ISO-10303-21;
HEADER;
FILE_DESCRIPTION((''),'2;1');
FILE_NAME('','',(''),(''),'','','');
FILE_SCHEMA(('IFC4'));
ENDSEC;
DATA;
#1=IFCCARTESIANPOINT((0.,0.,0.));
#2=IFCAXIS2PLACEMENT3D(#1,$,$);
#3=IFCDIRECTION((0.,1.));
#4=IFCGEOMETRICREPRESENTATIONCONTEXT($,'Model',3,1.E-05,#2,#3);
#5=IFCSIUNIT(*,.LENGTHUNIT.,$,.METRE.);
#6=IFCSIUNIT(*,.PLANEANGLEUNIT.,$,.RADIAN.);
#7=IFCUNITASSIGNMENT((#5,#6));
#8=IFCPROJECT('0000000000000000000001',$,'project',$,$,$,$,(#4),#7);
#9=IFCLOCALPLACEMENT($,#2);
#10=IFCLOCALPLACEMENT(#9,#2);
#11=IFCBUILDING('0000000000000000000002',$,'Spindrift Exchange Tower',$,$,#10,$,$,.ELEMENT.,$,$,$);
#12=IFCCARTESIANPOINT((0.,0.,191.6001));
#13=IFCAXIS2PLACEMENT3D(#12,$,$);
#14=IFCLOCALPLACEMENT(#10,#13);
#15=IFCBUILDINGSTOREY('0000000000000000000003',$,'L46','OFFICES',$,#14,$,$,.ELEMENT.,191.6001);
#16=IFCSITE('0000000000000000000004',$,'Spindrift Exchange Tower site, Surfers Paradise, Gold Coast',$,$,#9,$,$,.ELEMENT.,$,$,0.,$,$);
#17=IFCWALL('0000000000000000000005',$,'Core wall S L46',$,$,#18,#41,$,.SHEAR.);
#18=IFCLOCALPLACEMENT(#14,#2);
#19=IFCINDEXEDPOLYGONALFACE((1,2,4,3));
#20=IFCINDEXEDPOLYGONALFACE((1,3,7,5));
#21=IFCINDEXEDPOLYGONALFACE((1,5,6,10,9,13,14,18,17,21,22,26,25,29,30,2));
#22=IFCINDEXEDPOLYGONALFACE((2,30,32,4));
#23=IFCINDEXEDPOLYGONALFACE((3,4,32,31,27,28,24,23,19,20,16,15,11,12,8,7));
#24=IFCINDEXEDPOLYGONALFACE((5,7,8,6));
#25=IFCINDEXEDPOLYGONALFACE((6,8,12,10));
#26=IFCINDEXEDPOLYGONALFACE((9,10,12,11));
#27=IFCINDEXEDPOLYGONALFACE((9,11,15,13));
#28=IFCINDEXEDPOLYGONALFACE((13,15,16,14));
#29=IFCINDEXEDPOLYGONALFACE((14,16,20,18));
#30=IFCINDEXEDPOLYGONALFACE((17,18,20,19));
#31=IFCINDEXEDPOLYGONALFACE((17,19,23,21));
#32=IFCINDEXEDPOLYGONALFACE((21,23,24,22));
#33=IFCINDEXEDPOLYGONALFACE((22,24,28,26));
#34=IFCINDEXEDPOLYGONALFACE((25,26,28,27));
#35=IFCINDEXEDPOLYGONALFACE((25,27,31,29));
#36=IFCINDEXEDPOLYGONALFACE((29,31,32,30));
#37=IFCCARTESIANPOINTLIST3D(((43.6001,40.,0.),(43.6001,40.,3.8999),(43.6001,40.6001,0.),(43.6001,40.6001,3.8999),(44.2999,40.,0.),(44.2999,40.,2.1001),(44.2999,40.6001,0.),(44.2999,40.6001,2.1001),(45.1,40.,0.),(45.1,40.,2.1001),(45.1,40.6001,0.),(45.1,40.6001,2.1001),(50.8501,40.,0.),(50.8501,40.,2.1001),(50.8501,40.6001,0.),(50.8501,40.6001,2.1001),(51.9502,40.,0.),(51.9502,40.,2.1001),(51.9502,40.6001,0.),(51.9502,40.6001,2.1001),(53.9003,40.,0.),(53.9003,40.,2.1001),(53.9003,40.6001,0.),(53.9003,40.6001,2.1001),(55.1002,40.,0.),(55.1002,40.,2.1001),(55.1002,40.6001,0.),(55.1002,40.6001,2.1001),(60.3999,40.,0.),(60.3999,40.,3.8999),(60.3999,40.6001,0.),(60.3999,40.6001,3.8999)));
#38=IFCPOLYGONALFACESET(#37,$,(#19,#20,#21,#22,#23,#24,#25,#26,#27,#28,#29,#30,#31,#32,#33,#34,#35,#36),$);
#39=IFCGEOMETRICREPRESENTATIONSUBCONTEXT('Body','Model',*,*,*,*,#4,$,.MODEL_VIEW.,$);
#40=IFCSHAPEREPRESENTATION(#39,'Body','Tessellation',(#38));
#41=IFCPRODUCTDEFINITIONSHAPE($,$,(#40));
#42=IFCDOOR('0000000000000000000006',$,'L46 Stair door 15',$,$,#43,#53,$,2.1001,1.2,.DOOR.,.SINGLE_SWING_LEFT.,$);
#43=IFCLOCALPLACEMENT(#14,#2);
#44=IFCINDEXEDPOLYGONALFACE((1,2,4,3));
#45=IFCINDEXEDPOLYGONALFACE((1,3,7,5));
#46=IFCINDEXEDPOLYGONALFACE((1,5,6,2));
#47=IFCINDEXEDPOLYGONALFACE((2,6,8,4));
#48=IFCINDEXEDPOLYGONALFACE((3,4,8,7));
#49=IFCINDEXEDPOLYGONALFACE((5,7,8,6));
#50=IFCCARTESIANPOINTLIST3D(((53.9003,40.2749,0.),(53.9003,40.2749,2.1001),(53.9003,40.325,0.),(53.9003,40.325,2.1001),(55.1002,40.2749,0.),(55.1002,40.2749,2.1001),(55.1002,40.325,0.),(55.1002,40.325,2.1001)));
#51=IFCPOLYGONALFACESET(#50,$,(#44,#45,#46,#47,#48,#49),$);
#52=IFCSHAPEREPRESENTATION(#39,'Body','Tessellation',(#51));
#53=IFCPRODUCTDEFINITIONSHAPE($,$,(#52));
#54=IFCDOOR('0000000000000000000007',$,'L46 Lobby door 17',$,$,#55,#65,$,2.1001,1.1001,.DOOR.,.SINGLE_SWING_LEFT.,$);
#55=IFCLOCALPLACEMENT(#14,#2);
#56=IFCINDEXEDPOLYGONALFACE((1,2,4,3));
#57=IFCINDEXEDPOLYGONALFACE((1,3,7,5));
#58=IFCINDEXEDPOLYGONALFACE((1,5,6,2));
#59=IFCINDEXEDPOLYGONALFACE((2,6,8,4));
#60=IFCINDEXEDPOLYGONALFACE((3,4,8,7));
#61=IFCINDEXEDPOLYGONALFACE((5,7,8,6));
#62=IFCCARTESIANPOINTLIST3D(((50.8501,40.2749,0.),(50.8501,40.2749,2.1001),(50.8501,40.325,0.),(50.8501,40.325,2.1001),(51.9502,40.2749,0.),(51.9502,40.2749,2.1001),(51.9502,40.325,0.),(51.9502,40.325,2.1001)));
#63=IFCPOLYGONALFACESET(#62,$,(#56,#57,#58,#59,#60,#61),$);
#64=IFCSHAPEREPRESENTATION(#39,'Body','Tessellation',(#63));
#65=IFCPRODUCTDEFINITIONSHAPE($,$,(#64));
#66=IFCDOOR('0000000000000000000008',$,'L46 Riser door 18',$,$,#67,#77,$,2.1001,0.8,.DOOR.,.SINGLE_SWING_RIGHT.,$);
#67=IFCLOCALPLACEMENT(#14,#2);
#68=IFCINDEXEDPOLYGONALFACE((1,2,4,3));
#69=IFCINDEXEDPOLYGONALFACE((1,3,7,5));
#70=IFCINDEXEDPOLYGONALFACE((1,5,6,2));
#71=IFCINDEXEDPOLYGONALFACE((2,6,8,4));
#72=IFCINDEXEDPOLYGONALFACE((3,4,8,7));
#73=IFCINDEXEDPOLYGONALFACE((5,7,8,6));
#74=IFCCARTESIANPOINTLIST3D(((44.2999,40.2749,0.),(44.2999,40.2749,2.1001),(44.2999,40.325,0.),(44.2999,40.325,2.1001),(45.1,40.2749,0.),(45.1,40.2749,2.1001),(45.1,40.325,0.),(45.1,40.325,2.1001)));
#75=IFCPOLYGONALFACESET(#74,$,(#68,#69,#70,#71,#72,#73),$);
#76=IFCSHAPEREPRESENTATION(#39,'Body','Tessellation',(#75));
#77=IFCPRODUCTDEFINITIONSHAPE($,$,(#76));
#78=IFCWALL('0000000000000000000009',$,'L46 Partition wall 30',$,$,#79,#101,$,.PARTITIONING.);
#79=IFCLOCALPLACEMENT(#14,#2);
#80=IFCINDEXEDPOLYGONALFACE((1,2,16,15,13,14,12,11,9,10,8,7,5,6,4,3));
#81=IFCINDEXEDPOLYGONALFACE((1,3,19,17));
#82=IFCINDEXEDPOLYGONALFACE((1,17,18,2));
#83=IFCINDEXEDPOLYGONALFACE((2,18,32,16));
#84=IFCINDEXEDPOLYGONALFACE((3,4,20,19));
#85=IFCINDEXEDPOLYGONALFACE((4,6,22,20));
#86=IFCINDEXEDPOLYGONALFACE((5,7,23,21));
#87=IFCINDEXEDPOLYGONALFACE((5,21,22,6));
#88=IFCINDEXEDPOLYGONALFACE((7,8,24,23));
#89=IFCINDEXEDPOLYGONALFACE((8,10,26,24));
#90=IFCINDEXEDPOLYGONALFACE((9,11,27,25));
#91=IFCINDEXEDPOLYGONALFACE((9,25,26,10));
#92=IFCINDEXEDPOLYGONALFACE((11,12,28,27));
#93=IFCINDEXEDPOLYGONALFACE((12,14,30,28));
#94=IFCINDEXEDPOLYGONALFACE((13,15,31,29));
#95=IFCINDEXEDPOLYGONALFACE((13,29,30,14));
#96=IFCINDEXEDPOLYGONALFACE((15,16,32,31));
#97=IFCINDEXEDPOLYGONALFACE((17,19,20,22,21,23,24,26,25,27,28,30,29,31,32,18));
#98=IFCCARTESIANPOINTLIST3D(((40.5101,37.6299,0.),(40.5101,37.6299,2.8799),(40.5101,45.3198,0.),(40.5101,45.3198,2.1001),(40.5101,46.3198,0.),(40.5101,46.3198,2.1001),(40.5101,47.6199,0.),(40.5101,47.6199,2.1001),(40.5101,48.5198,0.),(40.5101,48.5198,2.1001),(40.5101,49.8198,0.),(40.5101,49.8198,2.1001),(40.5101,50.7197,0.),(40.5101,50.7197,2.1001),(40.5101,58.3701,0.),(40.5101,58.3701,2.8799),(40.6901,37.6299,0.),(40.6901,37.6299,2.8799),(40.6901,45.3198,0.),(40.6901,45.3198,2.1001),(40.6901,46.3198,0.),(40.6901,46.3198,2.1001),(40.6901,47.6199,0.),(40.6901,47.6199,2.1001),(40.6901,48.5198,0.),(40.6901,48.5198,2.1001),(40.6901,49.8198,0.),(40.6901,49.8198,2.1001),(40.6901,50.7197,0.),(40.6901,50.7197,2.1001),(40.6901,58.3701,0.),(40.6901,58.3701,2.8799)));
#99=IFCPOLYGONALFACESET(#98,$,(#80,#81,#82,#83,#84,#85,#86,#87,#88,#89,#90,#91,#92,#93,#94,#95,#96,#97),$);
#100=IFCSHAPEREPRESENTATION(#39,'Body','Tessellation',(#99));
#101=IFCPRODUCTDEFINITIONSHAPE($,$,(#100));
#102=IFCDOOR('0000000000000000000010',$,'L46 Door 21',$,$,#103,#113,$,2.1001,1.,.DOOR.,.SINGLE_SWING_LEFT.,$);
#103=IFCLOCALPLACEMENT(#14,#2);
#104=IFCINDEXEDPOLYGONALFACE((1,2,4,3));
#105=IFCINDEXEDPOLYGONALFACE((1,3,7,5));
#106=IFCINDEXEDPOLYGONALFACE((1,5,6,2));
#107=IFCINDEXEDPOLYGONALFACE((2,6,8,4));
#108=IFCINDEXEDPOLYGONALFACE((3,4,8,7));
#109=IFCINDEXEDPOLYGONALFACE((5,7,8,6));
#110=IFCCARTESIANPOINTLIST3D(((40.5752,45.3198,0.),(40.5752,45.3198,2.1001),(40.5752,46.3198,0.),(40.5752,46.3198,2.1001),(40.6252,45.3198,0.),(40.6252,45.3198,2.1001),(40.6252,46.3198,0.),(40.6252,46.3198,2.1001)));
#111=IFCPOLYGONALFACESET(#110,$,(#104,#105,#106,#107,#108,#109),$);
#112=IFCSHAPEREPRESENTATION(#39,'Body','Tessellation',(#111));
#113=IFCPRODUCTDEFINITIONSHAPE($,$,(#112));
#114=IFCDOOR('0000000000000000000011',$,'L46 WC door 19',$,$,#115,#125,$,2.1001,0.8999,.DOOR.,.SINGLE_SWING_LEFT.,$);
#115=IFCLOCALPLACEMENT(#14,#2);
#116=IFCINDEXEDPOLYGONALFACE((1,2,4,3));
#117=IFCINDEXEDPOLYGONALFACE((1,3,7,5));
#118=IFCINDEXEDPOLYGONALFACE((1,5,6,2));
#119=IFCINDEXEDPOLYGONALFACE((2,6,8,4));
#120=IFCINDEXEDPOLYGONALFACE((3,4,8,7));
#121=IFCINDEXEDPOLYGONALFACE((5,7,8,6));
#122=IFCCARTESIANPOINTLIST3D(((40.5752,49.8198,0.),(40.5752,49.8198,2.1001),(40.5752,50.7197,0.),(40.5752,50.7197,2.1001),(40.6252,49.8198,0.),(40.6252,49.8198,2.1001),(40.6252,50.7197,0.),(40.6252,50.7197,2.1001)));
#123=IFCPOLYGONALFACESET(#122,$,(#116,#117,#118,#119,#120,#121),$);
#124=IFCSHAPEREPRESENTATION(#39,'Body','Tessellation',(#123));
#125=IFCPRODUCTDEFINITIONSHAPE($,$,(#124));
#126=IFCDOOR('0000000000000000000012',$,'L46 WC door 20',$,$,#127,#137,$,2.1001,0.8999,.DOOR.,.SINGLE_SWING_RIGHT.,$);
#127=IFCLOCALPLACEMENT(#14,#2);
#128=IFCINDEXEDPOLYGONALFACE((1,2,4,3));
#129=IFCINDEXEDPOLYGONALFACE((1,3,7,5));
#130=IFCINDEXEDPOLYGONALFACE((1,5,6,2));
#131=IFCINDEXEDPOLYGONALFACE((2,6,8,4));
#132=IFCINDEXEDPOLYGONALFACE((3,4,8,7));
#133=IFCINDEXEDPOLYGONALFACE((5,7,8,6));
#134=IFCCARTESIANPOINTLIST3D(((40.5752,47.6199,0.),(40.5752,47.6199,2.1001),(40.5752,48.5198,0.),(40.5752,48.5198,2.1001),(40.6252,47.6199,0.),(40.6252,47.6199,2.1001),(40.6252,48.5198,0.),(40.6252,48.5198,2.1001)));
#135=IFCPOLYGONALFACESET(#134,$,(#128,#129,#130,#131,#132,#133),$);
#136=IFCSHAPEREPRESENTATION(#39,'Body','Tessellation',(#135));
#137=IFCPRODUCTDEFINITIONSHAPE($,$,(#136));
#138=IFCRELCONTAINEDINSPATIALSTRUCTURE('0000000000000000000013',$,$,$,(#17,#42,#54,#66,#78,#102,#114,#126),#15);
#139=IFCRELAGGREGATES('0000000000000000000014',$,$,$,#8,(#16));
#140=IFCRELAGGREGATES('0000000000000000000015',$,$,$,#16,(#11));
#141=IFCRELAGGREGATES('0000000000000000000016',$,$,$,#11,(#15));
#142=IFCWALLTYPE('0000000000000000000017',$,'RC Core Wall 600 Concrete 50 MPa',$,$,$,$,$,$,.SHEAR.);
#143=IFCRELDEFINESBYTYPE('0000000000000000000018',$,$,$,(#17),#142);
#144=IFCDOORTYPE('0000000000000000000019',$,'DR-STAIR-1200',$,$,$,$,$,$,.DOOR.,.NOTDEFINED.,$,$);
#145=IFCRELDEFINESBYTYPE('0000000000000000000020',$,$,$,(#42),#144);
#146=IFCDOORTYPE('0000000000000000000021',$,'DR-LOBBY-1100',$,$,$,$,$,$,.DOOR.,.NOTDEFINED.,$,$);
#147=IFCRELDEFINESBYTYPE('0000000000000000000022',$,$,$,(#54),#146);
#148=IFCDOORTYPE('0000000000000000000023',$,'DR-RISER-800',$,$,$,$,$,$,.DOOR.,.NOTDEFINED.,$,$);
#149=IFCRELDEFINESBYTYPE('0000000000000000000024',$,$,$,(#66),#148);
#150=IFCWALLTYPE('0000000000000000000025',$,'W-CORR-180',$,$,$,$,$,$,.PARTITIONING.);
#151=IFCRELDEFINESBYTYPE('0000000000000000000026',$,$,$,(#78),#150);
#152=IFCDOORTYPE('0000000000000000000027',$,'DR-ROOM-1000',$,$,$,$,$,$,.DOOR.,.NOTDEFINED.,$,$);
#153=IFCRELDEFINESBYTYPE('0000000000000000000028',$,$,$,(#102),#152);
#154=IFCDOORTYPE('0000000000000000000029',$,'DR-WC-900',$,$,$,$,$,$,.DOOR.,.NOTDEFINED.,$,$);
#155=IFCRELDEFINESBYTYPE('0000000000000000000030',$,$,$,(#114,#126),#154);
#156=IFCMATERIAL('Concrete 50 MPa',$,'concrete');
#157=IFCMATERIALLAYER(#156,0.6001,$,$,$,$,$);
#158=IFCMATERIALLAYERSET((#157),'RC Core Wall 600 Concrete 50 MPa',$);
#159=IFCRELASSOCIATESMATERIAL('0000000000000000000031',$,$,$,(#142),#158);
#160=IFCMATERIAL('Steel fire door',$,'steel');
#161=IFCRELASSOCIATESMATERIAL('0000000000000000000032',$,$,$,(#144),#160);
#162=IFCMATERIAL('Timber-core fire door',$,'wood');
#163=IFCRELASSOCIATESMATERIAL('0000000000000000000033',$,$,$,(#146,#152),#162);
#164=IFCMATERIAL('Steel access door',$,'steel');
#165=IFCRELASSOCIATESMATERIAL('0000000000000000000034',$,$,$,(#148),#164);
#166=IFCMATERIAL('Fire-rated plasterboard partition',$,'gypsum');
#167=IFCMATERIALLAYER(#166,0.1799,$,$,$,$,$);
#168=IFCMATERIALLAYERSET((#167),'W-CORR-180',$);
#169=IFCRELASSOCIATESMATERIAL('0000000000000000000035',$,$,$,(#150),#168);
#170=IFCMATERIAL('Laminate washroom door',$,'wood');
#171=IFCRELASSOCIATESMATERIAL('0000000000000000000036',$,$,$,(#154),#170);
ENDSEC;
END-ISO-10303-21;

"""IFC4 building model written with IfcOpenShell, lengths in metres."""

from ifc_helpers import new_model, si_unit, direction, frame, frame_2d, origin, place, context, subcontext, project, spatial, rectangle, extrude, source, transform, mapped, material, layer, layer_set, type_object, element, fill, save


model = new_model("IFC4")

# Units and contexts
model_context = context("Model", 3, precision=1e-05, world=origin(), true_north=direction((0.0, 1.0)))
body_context = subcontext(model_context, "Body", "Model", "MODEL_VIEW")
ifc_project = project(units=[si_unit("LENGTHUNIT", "METRE"), si_unit("PLANEANGLEUNIT", "RADIAN")], contexts=[model_context])

# Site, building, storey
site_placement = place(None, origin())
site = spatial("IfcSite", under=ifc_project, at=site_placement, Name="Spindrift Exchange Tower site, Surfers Paradise, Gold Coast", CompositionType="ELEMENT", RefElevation=0.0)
building_placement = place(site_placement, origin())
building = spatial("IfcBuilding", under=site, at=building_placement, Name="Spindrift Exchange Tower", CompositionType="ELEMENT")
storey_placement = place(building_placement, frame((0.0, 0.0, 191.6001)))
storey = spatial("IfcBuildingStorey", under=building, at=storey_placement, Name="L46", Description="OFFICES", CompositionType="ELEMENT", Elevation=191.6001)

# Walls, openings, doors
ifc_material_1 = material(Name="Concrete 50 MPa", Category="concrete")
ifc_layer_1 = layer(ifc_material_1, 0.6001)
ifc_layer_set_1 = layer_set([ifc_layer_1], Name="RC Core Wall 600 Concrete 50 MPa")
wall_type_1 = type_object("IfcWallType", Name="RC Core Wall 600 Concrete 50 MPa", PredefinedType="SHEAR", material=ifc_layer_set_1)
wall_1_placement = place(storey_placement, frame((43.6001, 40.3, 0.0), z_axis=(0.0, 0.0, 1.0), x_axis=(1.0, 0.0, 0.0)))
wall_1 = element("IfcWall", 1, at=wall_1_placement, inside=storey, type_object=wall_type_1, Name="Core wall S L46", PredefinedType="SHEAR", context=body_context, shape_type="SweptSolid", body=[
    extrude(rectangle(XDim=16.7998, YDim=0.6001, at=frame_2d((8.3999, 0.0))), origin(), (0.0, 0.0, 1.0), 3.8999),
])
opening_1_placement = place(wall_1_placement, frame((10.3, 0.0, 0.0)))
opening_1 = element("IfcOpeningElement", 2, at=opening_1_placement, cuts=wall_1, PredefinedType="OPENING", context=body_context, shape_type="SweptSolid", body=[
    extrude(rectangle(XDim=1.2, YDim=2.1001, at=frame_2d((0.6001, 1.05))), frame((0.0, 0.3101, 0.0), z_axis=(0.0, -1.0, 0.0), x_axis=(1.0, 0.0, 0.0)), (0.0, 0.0, 1.0), 0.6201),
])
opening_2_placement = place(wall_1_placement, frame((7.25, 0.0, 0.0)))
opening_2 = element("IfcOpeningElement", 3, at=opening_2_placement, cuts=wall_1, PredefinedType="OPENING", context=body_context, shape_type="SweptSolid", body=[
    extrude(rectangle(XDim=1.1001, YDim=2.1001, at=frame_2d((0.55, 1.05))), frame((0.0, 0.3101, 0.0), z_axis=(0.0, -1.0, 0.0), x_axis=(1.0, 0.0, 0.0)), (0.0, 0.0, 1.0), 0.6201),
])
opening_3_placement = place(wall_1_placement, frame((0.7, 0.0, 0.0)))
opening_3 = element("IfcOpeningElement", 4, at=opening_3_placement, cuts=wall_1, PredefinedType="OPENING", context=body_context, shape_type="SweptSolid", body=[
    extrude(rectangle(XDim=0.8, YDim=2.1001, at=frame_2d((0.3999, 1.05))), frame((0.0, 0.3101, 0.0), z_axis=(0.0, -1.0, 0.0), x_axis=(1.0, 0.0, 0.0)), (0.0, 0.0, 1.0), 0.6201),
])
ifc_material_2 = material(Name="Steel fire door", Category="steel")
door_type_1 = type_object("IfcDoorType", Name="DR-STAIR-1200", OperationType="NOTDEFINED", PredefinedType="DOOR", material=ifc_material_2)
shared_shape_1 = source(origin(), body_context, "Body", "SweptSolid", [
    extrude(rectangle(XDim=1.2, YDim=2.1001, at=frame_2d((0.6001, 1.05))), frame((0.0, 0.0249, 0.0), z_axis=(0.0, -1.0, 0.0), x_axis=(1.0, 0.0, 0.0)), (0.0, 0.0, 1.0), 0.05),
])
door_1_placement = place(opening_1_placement, origin())
door_1 = element("IfcDoor", 5, at=door_1_placement, inside=storey, type_object=door_type_1, Name="L46 Stair door 15", OperationType="SINGLE_SWING_LEFT", OverallHeight=2.1001, OverallWidth=1.2, PredefinedType="DOOR", context=body_context, shape_type="MappedRepresentation", body=[
    mapped(shared_shape_1, transform((0.0, 0.0, 0.0), scale=1.0)),
])
fill(opening_1, door_1)
ifc_material_3 = material(Name="Timber-core fire door", Category="wood")
door_type_2 = type_object("IfcDoorType", Name="DR-LOBBY-1100", OperationType="NOTDEFINED", PredefinedType="DOOR", material=ifc_material_3)
shared_shape_2 = source(origin(), body_context, "Body", "SweptSolid", [
    extrude(rectangle(XDim=1.1001, YDim=2.1001, at=frame_2d((0.55, 1.05))), frame((0.0, 0.0249, 0.0), z_axis=(0.0, -1.0, 0.0), x_axis=(1.0, 0.0, 0.0)), (0.0, 0.0, 1.0), 0.05),
])
door_2_placement = place(opening_2_placement, origin())
door_2 = element("IfcDoor", 6, at=door_2_placement, inside=storey, type_object=door_type_2, Name="L46 Lobby door 17", OperationType="SINGLE_SWING_LEFT", OverallHeight=2.1001, OverallWidth=1.1001, PredefinedType="DOOR", context=body_context, shape_type="MappedRepresentation", body=[
    mapped(shared_shape_2, transform((0.0, 0.0, 0.0), scale=1.0)),
])
fill(opening_2, door_2)
ifc_material_4 = material(Name="Steel access door", Category="steel")
door_type_3 = type_object("IfcDoorType", Name="DR-RISER-800", OperationType="NOTDEFINED", PredefinedType="DOOR", material=ifc_material_4)
shared_shape_3 = source(origin(), body_context, "Body", "SweptSolid", [
    extrude(rectangle(XDim=0.8, YDim=2.1001, at=frame_2d((0.3999, 1.05))), frame((0.0, 0.0249, 0.0), z_axis=(0.0, -1.0, 0.0), x_axis=(1.0, 0.0, 0.0)), (0.0, 0.0, 1.0), 0.05),
])
door_3_placement = place(opening_3_placement, origin())
door_3 = element("IfcDoor", 7, at=door_3_placement, inside=storey, type_object=door_type_3, Name="L46 Riser door 18", OperationType="SINGLE_SWING_RIGHT", OverallHeight=2.1001, OverallWidth=0.8, PredefinedType="DOOR", context=body_context, shape_type="MappedRepresentation", body=[
    mapped(shared_shape_3, transform((0.0, 0.0, 0.0), scale=1.0)),
])
fill(opening_3, door_3)
ifc_material_5 = material(Name="Fire-rated plasterboard partition", Category="gypsum")
ifc_layer_2 = layer(ifc_material_5, 0.1799)
ifc_layer_set_2 = layer_set([ifc_layer_2], Name="W-CORR-180")
wall_type_2 = type_object("IfcWallType", Name="W-CORR-180", PredefinedType="PARTITIONING", material=ifc_layer_set_2)
wall_2_placement = place(storey_placement, frame((40.6001, 37.6299, 0.0), z_axis=(0.0, 0.0, 1.0), x_axis=(0.0, 1.0, 0.0)))
wall_2 = element("IfcWall", 8, at=wall_2_placement, inside=storey, type_object=wall_type_2, Name="L46 Partition wall 30", PredefinedType="PARTITIONING", context=body_context, shape_type="SweptSolid", body=[
    extrude(rectangle(XDim=20.7402, YDim=0.1799, at=frame_2d((10.3701, 0.0))), origin(), (0.0, 0.0, 1.0), 2.8799),
])
opening_4_placement = place(wall_2_placement, frame((12.1899, 0.0, 0.0)))
opening_4 = element("IfcOpeningElement", 9, at=opening_4_placement, cuts=wall_2, PredefinedType="OPENING", context=body_context, shape_type="SweptSolid", body=[
    extrude(rectangle(XDim=0.8999, YDim=2.1001, at=frame_2d((0.45, 1.05))), frame((0.0, 0.0999, 0.0), z_axis=(0.0, -1.0, 0.0), x_axis=(1.0, 0.0, 0.0)), (0.0, 0.0, 1.0), 0.2),
])
opening_5_placement = place(wall_2_placement, frame((9.99, 0.0, 0.0)))
opening_5 = element("IfcOpeningElement", 10, at=opening_5_placement, cuts=wall_2, PredefinedType="OPENING", context=body_context, shape_type="SweptSolid", body=[
    extrude(rectangle(XDim=0.8999, YDim=2.1001, at=frame_2d((0.45, 1.05))), frame((0.0, 0.0999, 0.0), z_axis=(0.0, -1.0, 0.0), x_axis=(1.0, 0.0, 0.0)), (0.0, 0.0, 1.0), 0.2),
])
opening_6_placement = place(wall_2_placement, frame((7.6899, 0.0, 0.0)))
opening_6 = element("IfcOpeningElement", 11, at=opening_6_placement, cuts=wall_2, PredefinedType="OPENING", context=body_context, shape_type="SweptSolid", body=[
    extrude(rectangle(XDim=1.0, YDim=2.1001, at=frame_2d((0.5, 1.05))), frame((0.0, 0.0999, 0.0), z_axis=(0.0, -1.0, 0.0), x_axis=(1.0, 0.0, 0.0)), (0.0, 0.0, 1.0), 0.2),
])
door_type_4 = type_object("IfcDoorType", Name="DR-ROOM-1000", OperationType="NOTDEFINED", PredefinedType="DOOR", material=ifc_material_3)
shared_shape_4 = source(origin(), body_context, "Body", "SweptSolid", [
    extrude(rectangle(XDim=1.0, YDim=2.1001, at=frame_2d((0.5, 1.05))), frame((0.0, 0.0249, 0.0), z_axis=(0.0, -1.0, 0.0), x_axis=(1.0, 0.0, 0.0)), (0.0, 0.0, 1.0), 0.05),
])
door_4_placement = place(opening_6_placement, origin())
door_4 = element("IfcDoor", 12, at=door_4_placement, inside=storey, type_object=door_type_4, Name="L46 Door 21", OperationType="SINGLE_SWING_LEFT", OverallHeight=2.1001, OverallWidth=1.0, PredefinedType="DOOR", context=body_context, shape_type="MappedRepresentation", body=[
    mapped(shared_shape_4, transform((0.0, 0.0, 0.0), scale=1.0)),
])
fill(opening_6, door_4)
ifc_material_6 = material(Name="Laminate washroom door", Category="wood")
door_type_5 = type_object("IfcDoorType", Name="DR-WC-900", OperationType="NOTDEFINED", PredefinedType="DOOR", material=ifc_material_6)
shared_shape_5 = source(origin(), body_context, "Body", "SweptSolid", [
    extrude(rectangle(XDim=0.8999, YDim=2.1001, at=frame_2d((0.45, 1.05))), frame((0.0, 0.0249, 0.0), z_axis=(0.0, -1.0, 0.0), x_axis=(1.0, 0.0, 0.0)), (0.0, 0.0, 1.0), 0.05),
])
door_5_placement = place(opening_4_placement, origin())
door_5 = element("IfcDoor", 13, at=door_5_placement, inside=storey, type_object=door_type_5, Name="L46 WC door 19", OperationType="SINGLE_SWING_LEFT", OverallHeight=2.1001, OverallWidth=0.8999, PredefinedType="DOOR", context=body_context, shape_type="MappedRepresentation", body=[
    mapped(shared_shape_5, transform((0.0, 0.0, 0.0), scale=1.0)),
])
fill(opening_4, door_5)
door_6_placement = place(opening_5_placement, origin())
door_6 = element("IfcDoor", 14, at=door_6_placement, inside=storey, type_object=door_type_5, Name="L46 WC door 20", OperationType="SINGLE_SWING_RIGHT", OverallHeight=2.1001, OverallWidth=0.8999, PredefinedType="DOOR", context=body_context, shape_type="MappedRepresentation", body=[
    mapped(shared_shape_5, transform((0.0, 0.0, 0.0), scale=1.0)),
])
fill(opening_5, door_6)

save(model, "model.ifc")
